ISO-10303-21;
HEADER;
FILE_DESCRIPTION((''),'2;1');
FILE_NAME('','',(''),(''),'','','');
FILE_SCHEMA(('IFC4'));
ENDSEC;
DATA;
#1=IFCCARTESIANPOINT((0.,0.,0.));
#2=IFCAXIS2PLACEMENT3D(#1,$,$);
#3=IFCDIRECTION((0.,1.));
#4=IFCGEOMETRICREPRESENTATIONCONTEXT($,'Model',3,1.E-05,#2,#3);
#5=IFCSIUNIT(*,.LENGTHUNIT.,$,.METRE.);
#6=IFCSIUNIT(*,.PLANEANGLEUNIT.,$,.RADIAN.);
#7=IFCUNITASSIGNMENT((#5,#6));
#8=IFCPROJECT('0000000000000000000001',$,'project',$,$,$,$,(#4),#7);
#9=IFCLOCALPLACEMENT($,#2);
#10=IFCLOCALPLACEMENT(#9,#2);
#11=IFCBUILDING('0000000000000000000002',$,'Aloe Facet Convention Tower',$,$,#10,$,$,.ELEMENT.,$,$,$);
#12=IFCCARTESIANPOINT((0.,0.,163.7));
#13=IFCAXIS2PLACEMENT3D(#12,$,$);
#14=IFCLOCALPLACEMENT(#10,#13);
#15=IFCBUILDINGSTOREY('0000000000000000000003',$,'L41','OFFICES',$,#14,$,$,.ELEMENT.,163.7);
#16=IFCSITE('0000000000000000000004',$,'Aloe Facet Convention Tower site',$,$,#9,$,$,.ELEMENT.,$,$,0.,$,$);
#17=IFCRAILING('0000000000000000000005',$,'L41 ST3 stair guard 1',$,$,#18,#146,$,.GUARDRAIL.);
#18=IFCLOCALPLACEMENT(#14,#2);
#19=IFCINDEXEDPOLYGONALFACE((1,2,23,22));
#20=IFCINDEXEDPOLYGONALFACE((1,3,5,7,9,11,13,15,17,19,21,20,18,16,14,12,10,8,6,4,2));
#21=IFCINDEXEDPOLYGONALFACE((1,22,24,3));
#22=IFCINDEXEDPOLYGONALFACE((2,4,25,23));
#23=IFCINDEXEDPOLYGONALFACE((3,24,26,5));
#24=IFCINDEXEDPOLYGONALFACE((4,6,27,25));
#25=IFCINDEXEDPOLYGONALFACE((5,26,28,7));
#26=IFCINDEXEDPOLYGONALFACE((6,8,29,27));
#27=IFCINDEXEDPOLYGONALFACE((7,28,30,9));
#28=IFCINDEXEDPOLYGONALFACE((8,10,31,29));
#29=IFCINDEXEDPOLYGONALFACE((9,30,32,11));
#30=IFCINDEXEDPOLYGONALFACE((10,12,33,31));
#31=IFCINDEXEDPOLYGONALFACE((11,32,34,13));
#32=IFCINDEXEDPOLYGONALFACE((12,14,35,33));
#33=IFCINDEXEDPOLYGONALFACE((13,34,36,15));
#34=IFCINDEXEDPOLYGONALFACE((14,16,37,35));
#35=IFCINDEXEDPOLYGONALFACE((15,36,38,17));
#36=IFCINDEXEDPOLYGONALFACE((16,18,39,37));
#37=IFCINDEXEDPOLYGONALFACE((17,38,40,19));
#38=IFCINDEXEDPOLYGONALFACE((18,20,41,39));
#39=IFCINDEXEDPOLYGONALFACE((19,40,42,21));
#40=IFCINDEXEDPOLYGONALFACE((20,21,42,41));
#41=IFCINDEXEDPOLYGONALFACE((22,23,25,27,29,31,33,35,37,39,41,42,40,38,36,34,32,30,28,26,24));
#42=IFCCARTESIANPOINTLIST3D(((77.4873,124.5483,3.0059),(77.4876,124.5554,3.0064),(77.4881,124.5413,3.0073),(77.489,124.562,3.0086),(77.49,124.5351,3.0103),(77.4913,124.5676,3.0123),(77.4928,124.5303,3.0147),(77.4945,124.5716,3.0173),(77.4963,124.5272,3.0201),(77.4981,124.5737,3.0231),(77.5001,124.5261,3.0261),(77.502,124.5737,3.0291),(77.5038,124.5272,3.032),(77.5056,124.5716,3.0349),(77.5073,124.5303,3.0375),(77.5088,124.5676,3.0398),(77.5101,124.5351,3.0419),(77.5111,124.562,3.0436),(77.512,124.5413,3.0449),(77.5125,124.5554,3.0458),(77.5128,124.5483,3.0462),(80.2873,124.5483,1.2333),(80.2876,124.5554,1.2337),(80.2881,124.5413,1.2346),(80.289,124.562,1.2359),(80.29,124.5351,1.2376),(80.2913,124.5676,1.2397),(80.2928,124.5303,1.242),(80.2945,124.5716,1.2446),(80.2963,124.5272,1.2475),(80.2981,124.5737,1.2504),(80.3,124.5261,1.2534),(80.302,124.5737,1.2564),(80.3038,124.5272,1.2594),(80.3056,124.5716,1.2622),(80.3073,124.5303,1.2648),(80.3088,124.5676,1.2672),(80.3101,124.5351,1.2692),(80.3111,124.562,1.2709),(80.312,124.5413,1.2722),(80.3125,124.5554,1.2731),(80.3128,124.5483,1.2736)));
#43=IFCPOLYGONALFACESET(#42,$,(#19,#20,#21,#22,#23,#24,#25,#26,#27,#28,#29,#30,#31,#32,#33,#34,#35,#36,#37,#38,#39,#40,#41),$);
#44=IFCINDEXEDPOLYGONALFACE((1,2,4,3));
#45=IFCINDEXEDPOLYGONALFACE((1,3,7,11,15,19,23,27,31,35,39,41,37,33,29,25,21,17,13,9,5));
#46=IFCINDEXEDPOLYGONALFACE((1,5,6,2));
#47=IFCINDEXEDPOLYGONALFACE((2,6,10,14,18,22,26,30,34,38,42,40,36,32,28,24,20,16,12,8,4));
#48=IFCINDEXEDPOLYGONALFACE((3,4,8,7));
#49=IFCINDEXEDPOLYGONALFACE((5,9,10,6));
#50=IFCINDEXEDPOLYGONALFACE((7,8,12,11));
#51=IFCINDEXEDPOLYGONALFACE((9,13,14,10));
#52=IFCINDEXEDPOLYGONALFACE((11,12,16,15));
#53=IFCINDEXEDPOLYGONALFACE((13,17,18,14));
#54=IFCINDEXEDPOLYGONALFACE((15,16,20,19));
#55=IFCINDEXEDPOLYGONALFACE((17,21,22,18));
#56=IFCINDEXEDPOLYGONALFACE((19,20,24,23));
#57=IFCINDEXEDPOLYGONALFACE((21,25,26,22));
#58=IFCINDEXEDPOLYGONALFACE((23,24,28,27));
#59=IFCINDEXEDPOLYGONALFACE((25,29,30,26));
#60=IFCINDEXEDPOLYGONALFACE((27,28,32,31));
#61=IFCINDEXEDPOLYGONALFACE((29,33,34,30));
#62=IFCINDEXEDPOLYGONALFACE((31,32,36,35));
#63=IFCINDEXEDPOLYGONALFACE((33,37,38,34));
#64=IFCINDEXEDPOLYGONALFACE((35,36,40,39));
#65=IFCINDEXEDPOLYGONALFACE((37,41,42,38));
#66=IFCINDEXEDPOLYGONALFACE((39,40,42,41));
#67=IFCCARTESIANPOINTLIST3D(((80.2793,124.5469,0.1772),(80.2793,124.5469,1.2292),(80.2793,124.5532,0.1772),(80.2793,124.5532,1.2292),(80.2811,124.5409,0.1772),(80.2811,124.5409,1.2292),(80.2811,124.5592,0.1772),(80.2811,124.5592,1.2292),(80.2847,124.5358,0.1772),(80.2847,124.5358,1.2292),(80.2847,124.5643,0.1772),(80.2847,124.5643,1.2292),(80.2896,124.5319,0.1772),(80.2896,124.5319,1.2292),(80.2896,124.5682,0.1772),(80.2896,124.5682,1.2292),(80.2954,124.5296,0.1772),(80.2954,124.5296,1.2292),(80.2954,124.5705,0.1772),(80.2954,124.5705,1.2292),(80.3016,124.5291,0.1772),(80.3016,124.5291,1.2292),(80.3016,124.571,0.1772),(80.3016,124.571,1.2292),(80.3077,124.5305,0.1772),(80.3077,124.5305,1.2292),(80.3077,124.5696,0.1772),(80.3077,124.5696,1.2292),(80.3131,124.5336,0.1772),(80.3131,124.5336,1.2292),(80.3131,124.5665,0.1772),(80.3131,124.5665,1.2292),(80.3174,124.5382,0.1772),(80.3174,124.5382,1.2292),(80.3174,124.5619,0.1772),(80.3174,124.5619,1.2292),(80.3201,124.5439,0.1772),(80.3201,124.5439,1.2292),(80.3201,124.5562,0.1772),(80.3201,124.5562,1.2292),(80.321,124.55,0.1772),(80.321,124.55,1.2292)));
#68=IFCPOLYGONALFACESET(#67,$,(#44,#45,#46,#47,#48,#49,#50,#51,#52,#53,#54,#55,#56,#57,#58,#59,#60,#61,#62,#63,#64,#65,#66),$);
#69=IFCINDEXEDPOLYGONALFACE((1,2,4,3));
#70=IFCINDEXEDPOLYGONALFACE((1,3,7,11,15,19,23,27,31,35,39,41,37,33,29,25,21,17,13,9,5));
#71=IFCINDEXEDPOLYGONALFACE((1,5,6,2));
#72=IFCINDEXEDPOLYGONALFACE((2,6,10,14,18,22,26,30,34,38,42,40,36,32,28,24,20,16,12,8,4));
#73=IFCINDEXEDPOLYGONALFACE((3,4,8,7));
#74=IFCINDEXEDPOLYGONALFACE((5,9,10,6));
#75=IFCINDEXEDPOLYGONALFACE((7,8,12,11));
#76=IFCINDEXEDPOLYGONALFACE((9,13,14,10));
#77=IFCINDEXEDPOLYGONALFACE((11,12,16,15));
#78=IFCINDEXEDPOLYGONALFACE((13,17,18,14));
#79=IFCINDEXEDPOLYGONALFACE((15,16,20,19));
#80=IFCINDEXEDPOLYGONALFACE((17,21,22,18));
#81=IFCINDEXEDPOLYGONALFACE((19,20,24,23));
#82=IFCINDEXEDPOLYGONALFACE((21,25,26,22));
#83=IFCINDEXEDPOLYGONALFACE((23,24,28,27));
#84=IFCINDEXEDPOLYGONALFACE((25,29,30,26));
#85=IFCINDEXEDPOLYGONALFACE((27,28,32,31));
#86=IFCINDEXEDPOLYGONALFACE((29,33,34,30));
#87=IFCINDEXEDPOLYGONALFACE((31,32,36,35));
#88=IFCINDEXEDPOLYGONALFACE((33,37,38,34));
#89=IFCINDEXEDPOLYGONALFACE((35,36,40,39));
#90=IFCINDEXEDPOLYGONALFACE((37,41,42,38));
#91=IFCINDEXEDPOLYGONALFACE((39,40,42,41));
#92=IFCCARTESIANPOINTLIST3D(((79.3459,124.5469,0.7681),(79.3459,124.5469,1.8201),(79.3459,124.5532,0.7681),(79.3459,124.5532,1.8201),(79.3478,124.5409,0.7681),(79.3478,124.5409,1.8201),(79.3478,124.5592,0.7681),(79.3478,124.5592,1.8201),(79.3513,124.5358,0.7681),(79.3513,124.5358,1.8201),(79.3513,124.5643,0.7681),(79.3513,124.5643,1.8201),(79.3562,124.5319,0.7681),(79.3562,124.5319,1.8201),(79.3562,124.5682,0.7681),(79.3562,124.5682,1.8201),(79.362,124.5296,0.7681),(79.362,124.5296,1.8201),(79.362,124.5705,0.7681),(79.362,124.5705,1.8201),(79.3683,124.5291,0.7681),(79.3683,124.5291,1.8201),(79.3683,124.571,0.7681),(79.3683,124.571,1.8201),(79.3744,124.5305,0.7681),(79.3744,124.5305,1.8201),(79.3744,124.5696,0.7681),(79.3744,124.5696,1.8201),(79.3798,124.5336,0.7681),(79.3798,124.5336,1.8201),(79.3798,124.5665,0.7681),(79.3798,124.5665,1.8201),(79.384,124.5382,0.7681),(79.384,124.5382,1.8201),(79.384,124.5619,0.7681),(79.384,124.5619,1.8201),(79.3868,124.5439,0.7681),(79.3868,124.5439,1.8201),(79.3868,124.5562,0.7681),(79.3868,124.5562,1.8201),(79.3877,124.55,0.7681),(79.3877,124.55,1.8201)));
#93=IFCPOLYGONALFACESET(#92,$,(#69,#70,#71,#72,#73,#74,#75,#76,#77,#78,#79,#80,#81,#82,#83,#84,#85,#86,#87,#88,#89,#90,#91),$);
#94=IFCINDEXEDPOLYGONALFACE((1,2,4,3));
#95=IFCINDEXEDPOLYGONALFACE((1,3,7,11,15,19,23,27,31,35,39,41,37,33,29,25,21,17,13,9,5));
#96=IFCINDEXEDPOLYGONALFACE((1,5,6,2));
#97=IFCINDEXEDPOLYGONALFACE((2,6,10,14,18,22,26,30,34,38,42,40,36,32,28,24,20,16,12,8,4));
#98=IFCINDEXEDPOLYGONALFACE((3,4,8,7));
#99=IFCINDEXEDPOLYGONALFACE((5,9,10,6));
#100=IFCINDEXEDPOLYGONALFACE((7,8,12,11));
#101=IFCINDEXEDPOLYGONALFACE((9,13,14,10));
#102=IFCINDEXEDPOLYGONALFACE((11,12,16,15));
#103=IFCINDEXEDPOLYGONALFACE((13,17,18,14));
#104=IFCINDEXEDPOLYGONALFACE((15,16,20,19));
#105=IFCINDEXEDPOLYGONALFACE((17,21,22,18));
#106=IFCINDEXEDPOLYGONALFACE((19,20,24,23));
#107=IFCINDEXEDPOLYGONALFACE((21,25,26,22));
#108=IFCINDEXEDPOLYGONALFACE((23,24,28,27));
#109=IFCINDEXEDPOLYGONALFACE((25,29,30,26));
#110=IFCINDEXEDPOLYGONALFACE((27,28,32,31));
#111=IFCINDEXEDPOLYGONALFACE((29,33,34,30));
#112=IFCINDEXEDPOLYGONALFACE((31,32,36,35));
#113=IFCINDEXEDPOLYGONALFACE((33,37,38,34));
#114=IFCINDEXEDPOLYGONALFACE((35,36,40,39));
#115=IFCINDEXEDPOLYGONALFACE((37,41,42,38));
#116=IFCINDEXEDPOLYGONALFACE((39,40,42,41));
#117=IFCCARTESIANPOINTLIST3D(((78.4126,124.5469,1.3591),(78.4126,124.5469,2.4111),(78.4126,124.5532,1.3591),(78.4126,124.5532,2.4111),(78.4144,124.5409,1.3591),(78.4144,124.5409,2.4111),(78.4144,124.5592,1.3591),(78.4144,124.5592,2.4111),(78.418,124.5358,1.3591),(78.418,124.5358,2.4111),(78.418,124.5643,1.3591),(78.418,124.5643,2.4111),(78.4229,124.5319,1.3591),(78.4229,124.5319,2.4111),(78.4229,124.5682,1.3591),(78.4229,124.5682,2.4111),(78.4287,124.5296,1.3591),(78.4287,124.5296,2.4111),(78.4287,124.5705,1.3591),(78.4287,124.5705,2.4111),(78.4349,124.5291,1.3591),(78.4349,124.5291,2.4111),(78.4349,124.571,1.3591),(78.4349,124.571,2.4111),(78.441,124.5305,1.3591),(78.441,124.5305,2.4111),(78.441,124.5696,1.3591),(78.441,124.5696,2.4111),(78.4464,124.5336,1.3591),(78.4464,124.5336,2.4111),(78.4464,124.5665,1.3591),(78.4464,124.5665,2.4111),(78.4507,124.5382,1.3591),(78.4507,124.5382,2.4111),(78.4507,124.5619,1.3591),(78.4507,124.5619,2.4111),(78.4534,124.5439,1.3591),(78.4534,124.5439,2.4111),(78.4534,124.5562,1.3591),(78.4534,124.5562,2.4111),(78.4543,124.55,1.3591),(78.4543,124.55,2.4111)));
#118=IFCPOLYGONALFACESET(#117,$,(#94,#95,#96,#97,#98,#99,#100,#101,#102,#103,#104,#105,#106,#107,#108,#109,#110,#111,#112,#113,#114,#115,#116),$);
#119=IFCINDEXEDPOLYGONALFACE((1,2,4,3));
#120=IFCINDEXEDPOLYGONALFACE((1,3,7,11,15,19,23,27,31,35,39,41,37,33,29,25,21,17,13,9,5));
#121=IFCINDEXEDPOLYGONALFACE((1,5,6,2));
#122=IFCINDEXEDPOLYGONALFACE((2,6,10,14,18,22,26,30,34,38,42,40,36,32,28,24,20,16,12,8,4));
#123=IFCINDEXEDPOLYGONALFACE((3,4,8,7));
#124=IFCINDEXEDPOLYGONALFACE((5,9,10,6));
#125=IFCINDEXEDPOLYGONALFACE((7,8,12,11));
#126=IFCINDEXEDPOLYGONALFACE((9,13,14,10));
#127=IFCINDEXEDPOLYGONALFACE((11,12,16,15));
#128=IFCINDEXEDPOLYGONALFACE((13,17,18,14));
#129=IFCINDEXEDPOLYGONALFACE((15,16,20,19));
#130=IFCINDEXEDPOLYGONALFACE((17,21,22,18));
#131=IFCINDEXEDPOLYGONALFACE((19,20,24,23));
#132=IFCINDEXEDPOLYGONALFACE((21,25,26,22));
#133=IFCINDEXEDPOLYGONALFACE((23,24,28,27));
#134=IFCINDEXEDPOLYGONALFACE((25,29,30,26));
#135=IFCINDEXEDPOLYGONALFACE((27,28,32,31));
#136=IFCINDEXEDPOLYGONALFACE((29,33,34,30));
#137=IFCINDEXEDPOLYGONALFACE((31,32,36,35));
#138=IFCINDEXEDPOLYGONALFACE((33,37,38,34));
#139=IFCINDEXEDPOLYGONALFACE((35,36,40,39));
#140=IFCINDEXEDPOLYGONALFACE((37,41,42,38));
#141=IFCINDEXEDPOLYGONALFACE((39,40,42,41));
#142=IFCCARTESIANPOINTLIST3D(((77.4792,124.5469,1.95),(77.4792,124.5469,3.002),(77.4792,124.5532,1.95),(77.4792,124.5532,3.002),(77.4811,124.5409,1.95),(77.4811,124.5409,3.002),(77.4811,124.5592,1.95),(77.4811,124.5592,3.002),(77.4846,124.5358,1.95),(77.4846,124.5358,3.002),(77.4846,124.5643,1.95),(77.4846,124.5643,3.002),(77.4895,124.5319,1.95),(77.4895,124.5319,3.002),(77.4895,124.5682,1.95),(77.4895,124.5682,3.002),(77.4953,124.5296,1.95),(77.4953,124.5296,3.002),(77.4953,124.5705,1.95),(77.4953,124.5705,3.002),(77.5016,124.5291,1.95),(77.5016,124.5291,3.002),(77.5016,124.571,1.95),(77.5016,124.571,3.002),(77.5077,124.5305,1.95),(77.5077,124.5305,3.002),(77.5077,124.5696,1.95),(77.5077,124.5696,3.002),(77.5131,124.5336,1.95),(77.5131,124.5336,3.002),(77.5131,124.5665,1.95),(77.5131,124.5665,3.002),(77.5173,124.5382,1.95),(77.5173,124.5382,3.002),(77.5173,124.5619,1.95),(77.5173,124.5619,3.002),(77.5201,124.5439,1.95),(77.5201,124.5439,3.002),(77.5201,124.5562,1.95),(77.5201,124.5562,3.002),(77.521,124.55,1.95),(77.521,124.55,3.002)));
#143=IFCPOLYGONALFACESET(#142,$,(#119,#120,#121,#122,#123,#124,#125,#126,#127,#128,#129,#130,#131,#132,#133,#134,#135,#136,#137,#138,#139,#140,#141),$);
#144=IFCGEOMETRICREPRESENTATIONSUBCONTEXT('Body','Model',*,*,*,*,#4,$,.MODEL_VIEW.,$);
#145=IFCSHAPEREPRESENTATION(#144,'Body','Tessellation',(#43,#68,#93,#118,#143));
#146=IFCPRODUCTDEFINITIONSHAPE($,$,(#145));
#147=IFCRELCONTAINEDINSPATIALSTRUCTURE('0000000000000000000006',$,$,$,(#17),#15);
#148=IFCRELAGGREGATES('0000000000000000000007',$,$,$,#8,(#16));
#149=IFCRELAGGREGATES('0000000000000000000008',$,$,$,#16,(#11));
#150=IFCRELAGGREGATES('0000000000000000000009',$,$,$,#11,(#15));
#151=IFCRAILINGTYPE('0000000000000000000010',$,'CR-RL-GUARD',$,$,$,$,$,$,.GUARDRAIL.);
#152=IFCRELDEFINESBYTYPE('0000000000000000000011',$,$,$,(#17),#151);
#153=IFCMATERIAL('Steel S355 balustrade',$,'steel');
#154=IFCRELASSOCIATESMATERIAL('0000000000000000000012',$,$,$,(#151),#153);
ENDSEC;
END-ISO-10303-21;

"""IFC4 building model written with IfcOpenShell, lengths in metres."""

from ifc_helpers import new_model, si_unit, direction, frame, origin, origin_2d, place, context, subcontext, project, spatial, circle, extrude, material, type_object, element, save


model = new_model("IFC4")

# Units and contexts
model_context = context("Model", 3, precision=1e-05, world=origin(), true_north=direction((0.0, 1.0)))
body_context = subcontext(model_context, "Body", "Model", "MODEL_VIEW")
ifc_project = project(units=[si_unit("LENGTHUNIT", "METRE"), si_unit("PLANEANGLEUNIT", "RADIAN")], contexts=[model_context])

# Site, building, storey
site_placement = place(None, origin())
site = spatial("IfcSite", under=ifc_project, at=site_placement, Name="Aloe Facet Convention Tower site", CompositionType="ELEMENT", RefElevation=0.0)
building_placement = place(site_placement, origin())
building = spatial("IfcBuilding", under=site, at=building_placement, Name="Aloe Facet Convention Tower", CompositionType="ELEMENT")
storey_placement = place(building_placement, frame((0.0, 0.0, 163.7)))
storey = spatial("IfcBuildingStorey", under=building, at=storey_placement, Name="L41", Description="OFFICES", CompositionType="ELEMENT", Elevation=163.7)

# Railing
ifc_material_1 = material(Name="Steel S355 balustrade", Category="steel")
railing_type_1 = type_object("IfcRailingType", Name="CR-RL-GUARD", PredefinedType="GUARDRAIL", material=ifc_material_1)
railing_1_placement = place(storey_placement, frame((80.3, 124.55, 0.1772)))
element("IfcRailing", 1, at=railing_1_placement, inside=storey, type_object=railing_type_1, Name="L41 ST3 stair guard 1", PredefinedType="GUARDRAIL", context=body_context, shape_type="SweptSolid", body=[
    extrude(circle(Radius=0.0239, at=origin_2d()), frame((0.0, 0.0, 1.0762), z_axis=(-0.844909, 0.0, 0.53491), x_axis=(0.0, -1.0, 0.0)), (0.0, 0.0, 1.0), 3.314),
    extrude(circle(Radius=0.021, at=origin_2d()), origin(), (0.0, 0.0, 1.0), 1.052),
    extrude(circle(Radius=0.021, at=origin_2d()), frame((-0.9333, 0.0, 0.5908)), (0.0, 0.0, 1.0), 1.052),
    extrude(circle(Radius=0.021, at=origin_2d()), frame((-1.8667, 0.0, 1.1819)), (0.0, 0.0, 1.0), 1.052),
    extrude(circle(Radius=0.021, at=origin_2d()), frame((-2.8, 0.0, 1.7727)), (0.0, 0.0, 1.0), 1.052),
])

save(model, "model.ifc")
